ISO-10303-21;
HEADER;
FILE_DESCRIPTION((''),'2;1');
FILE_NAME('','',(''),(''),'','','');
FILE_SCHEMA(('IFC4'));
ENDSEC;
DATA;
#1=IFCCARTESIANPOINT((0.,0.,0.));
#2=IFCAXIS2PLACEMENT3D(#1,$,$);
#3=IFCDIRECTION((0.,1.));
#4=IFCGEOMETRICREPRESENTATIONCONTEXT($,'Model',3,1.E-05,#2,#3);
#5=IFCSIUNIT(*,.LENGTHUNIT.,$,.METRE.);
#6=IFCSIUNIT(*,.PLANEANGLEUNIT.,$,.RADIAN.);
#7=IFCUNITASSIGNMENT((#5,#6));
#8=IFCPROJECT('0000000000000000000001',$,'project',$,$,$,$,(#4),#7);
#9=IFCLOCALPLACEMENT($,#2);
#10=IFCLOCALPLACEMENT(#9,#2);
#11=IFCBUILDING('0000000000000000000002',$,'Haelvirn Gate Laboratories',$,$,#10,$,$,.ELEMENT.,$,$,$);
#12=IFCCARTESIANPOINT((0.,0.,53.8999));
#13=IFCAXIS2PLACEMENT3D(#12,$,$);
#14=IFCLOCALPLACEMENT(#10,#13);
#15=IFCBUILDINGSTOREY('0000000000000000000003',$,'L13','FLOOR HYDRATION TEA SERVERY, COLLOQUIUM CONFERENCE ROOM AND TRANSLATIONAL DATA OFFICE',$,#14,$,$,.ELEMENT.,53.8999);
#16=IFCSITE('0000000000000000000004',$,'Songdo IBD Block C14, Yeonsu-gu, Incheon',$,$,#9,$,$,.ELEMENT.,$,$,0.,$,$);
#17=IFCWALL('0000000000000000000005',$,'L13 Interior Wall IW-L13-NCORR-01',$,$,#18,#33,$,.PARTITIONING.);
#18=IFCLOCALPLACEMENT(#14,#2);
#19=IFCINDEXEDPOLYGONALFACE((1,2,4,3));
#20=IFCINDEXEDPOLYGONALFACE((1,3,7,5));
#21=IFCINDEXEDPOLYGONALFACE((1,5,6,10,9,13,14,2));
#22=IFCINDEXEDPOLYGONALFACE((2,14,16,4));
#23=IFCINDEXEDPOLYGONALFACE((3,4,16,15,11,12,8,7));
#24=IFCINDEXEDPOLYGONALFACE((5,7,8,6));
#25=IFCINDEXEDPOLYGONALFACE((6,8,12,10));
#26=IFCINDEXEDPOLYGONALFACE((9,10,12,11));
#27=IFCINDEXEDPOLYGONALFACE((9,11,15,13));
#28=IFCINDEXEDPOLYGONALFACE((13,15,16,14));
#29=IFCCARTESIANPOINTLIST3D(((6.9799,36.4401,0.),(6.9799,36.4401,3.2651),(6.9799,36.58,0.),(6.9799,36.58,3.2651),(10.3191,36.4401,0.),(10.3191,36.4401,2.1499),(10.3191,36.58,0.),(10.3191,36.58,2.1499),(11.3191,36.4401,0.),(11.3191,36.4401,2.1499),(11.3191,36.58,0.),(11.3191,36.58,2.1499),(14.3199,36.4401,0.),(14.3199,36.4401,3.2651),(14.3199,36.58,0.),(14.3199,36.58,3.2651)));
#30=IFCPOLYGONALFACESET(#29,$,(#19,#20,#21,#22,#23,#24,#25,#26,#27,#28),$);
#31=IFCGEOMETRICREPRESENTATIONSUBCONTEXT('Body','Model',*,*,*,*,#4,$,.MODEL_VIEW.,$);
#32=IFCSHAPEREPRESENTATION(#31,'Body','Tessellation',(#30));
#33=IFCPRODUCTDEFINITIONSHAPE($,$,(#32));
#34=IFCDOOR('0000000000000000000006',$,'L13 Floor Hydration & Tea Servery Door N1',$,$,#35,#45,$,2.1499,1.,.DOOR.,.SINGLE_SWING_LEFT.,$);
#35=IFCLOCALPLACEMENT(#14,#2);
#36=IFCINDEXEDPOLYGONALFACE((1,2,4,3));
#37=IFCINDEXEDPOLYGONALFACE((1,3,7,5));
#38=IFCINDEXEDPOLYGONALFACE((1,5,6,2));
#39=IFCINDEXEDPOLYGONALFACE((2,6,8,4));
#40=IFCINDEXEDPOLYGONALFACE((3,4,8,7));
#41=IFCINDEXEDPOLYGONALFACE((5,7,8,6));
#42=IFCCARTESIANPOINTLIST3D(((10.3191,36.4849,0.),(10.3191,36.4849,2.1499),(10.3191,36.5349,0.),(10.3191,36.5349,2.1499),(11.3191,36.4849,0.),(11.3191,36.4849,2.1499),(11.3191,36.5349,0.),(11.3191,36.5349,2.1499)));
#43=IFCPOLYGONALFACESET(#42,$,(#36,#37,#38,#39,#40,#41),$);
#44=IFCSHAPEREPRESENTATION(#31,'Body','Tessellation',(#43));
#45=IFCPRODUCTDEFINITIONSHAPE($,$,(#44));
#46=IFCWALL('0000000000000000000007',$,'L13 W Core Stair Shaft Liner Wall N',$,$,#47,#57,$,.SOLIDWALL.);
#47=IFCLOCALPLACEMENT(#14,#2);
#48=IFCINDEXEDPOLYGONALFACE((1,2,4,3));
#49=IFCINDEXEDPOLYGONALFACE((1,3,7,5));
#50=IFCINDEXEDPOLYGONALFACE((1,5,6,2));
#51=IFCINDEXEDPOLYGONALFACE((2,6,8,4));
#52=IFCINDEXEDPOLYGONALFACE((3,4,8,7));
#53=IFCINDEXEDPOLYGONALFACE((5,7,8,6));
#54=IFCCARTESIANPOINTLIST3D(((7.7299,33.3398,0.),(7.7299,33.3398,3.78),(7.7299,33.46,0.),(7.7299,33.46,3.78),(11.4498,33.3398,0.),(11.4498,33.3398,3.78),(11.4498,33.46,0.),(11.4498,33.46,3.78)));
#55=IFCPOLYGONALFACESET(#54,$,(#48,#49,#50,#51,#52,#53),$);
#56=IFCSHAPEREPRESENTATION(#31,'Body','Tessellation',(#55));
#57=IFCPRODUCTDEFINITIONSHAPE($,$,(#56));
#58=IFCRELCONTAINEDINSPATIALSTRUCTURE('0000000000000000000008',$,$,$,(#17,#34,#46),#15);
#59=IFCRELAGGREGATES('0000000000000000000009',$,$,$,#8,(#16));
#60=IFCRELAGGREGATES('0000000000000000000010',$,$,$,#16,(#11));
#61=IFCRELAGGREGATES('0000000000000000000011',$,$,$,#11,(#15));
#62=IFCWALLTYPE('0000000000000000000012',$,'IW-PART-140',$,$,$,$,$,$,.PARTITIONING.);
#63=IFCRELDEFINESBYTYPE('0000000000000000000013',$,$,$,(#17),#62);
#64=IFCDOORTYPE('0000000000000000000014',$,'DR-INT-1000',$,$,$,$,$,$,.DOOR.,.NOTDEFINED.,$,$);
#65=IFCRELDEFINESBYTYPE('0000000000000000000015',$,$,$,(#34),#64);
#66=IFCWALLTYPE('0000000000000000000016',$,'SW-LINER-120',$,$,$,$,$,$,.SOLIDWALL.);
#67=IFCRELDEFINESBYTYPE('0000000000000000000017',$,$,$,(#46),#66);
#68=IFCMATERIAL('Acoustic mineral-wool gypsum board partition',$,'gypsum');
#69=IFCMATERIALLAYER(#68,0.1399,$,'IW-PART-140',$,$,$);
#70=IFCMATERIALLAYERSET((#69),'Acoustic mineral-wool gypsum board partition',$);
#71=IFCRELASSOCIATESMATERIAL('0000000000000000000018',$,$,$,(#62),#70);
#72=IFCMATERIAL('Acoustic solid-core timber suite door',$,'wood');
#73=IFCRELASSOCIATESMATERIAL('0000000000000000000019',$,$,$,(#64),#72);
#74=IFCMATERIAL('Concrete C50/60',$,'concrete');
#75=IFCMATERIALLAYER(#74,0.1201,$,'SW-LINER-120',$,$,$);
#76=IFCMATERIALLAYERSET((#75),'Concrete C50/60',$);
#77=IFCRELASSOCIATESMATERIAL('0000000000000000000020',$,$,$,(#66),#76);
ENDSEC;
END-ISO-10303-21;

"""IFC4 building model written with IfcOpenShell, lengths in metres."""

from ifc_helpers import new_model, si_unit, direction, frame, frame_2d, origin, place, context, subcontext, project, spatial, rectangle, extrude, source, transform, mapped, material, layer, layer_set, type_object, type_shapes, element, fill, save


model = new_model("IFC4")

# Units and contexts
model_context = context("Model", 3, precision=1e-05, world=origin(), true_north=direction((0.0, 1.0)))
body_context = subcontext(model_context, "Body", "Model", "MODEL_VIEW")
ifc_project = project(units=[si_unit("LENGTHUNIT", "METRE"), si_unit("PLANEANGLEUNIT", "RADIAN")], contexts=[model_context])

# Site, building, storey
site_placement = place(None, origin())
site = spatial("IfcSite", under=ifc_project, at=site_placement, Name="Songdo IBD Block C14, Yeonsu-gu, Incheon", CompositionType="ELEMENT", RefElevation=0.0)
building_placement = place(site_placement, origin())
building = spatial("IfcBuilding", under=site, at=building_placement, Name="Haelvirn Gate Laboratories", CompositionType="ELEMENT")
storey_placement = place(building_placement, frame((0.0, 0.0, 53.8999)))
storey = spatial("IfcBuildingStorey", under=building, at=storey_placement, Name="L13", Description="FLOOR HYDRATION TEA SERVERY, COLLOQUIUM CONFERENCE ROOM AND TRANSLATIONAL DATA OFFICE", CompositionType="ELEMENT", Elevation=53.8999)

# Wall, opening, door
ifc_material_1 = material(Name="Acoustic mineral-wool gypsum board partition", Category="gypsum")
ifc_layer_1 = layer(ifc_material_1, 0.1399, Name="IW-PART-140")
ifc_layer_set_1 = layer_set([ifc_layer_1], Name="Acoustic mineral-wool gypsum board partition")
wall_type_1 = type_object("IfcWallType", Name="IW-PART-140", PredefinedType="PARTITIONING", material=ifc_layer_set_1)
wall_1_placement = place(storey_placement, frame((6.98, 36.51, 0.0), z_axis=(0.0, 0.0, 1.0), x_axis=(1.0, 0.0, 0.0)))
wall_1 = element("IfcWall", 1, at=wall_1_placement, inside=storey, type_object=wall_type_1, Name="L13 Interior Wall IW-L13-NCORR-01", PredefinedType="PARTITIONING", context=body_context, shape_type="SweptSolid", body=[
    extrude(rectangle(XDim=7.3401, YDim=0.1399, at=frame_2d((3.6699, 0.0))), origin(), (0.0, 0.0, 1.0), 3.2651),
])
opening_1_placement = place(wall_1_placement, frame((3.3391, 0.0, 0.0)))
opening_1 = element("IfcOpeningElement", 2, at=opening_1_placement, cuts=wall_1, PredefinedType="OPENING", context=body_context, shape_type="SweptSolid", body=[
    extrude(rectangle(XDim=1.0, YDim=2.1499, at=frame_2d((0.5, 1.075))), frame((0.0, 0.0801, 0.0), z_axis=(0.0, -1.0, 0.0), x_axis=(1.0, 0.0, 0.0)), (0.0, 0.0, 1.0), 0.1599),
])
ifc_material_2 = material(Name="Acoustic solid-core timber suite door", Category="wood")
door_type_1 = type_object("IfcDoorType", Name="DR-INT-1000", OperationType="NOTDEFINED", PredefinedType="DOOR", material=ifc_material_2)
shared_shape_1 = source(origin(), body_context, "Body", "SweptSolid", [
    extrude(rectangle(XDim=1.0, YDim=2.1499, at=frame_2d((0.5, 1.075))), frame((0.0, 0.0249, 0.0), z_axis=(0.0, -1.0, 0.0), x_axis=(1.0, 0.0, 0.0)), (0.0, 0.0, 1.0), 0.05),
])
type_shapes(door_type_1, [shared_shape_1])
door_1_placement = place(opening_1_placement, origin())
door_1 = element("IfcDoor", 3, at=door_1_placement, inside=storey, type_object=door_type_1, Name="L13 Floor Hydration & Tea Servery Door N1", OperationType="SINGLE_SWING_LEFT", OverallHeight=2.1499, OverallWidth=1.0, PredefinedType="DOOR", context=body_context, shape_type="MappedRepresentation", body=[
    mapped(shared_shape_1, transform((0.0, 0.0, 0.0), scale=1.0)),
])
fill(opening_1, door_1)

# Wall
ifc_material_3 = material(Name="Concrete C50/60", Category="concrete")
ifc_layer_2 = layer(ifc_material_3, 0.1201, Name="SW-LINER-120")
ifc_layer_set_2 = layer_set([ifc_layer_2], Name="Concrete C50/60")
wall_type_2 = type_object("IfcWallType", Name="SW-LINER-120", PredefinedType="SOLIDWALL", material=ifc_layer_set_2)
wall_2_placement = place(storey_placement, frame((7.73, 33.3999, 0.0), z_axis=(0.0, 0.0, 1.0), x_axis=(1.0, 0.0, 0.0)))
element("IfcWall", 4, at=wall_2_placement, inside=storey, type_object=wall_type_2, Name="L13 W Core Stair Shaft Liner Wall N", PredefinedType="SOLIDWALL", context=body_context, shape_type="SweptSolid", body=[
    extrude(rectangle(XDim=3.72, YDim=0.1201, at=frame_2d((1.8599, 0.0))), origin(), (0.0, 0.0, 1.0), 3.78),
])

save(model, "model.ifc")
